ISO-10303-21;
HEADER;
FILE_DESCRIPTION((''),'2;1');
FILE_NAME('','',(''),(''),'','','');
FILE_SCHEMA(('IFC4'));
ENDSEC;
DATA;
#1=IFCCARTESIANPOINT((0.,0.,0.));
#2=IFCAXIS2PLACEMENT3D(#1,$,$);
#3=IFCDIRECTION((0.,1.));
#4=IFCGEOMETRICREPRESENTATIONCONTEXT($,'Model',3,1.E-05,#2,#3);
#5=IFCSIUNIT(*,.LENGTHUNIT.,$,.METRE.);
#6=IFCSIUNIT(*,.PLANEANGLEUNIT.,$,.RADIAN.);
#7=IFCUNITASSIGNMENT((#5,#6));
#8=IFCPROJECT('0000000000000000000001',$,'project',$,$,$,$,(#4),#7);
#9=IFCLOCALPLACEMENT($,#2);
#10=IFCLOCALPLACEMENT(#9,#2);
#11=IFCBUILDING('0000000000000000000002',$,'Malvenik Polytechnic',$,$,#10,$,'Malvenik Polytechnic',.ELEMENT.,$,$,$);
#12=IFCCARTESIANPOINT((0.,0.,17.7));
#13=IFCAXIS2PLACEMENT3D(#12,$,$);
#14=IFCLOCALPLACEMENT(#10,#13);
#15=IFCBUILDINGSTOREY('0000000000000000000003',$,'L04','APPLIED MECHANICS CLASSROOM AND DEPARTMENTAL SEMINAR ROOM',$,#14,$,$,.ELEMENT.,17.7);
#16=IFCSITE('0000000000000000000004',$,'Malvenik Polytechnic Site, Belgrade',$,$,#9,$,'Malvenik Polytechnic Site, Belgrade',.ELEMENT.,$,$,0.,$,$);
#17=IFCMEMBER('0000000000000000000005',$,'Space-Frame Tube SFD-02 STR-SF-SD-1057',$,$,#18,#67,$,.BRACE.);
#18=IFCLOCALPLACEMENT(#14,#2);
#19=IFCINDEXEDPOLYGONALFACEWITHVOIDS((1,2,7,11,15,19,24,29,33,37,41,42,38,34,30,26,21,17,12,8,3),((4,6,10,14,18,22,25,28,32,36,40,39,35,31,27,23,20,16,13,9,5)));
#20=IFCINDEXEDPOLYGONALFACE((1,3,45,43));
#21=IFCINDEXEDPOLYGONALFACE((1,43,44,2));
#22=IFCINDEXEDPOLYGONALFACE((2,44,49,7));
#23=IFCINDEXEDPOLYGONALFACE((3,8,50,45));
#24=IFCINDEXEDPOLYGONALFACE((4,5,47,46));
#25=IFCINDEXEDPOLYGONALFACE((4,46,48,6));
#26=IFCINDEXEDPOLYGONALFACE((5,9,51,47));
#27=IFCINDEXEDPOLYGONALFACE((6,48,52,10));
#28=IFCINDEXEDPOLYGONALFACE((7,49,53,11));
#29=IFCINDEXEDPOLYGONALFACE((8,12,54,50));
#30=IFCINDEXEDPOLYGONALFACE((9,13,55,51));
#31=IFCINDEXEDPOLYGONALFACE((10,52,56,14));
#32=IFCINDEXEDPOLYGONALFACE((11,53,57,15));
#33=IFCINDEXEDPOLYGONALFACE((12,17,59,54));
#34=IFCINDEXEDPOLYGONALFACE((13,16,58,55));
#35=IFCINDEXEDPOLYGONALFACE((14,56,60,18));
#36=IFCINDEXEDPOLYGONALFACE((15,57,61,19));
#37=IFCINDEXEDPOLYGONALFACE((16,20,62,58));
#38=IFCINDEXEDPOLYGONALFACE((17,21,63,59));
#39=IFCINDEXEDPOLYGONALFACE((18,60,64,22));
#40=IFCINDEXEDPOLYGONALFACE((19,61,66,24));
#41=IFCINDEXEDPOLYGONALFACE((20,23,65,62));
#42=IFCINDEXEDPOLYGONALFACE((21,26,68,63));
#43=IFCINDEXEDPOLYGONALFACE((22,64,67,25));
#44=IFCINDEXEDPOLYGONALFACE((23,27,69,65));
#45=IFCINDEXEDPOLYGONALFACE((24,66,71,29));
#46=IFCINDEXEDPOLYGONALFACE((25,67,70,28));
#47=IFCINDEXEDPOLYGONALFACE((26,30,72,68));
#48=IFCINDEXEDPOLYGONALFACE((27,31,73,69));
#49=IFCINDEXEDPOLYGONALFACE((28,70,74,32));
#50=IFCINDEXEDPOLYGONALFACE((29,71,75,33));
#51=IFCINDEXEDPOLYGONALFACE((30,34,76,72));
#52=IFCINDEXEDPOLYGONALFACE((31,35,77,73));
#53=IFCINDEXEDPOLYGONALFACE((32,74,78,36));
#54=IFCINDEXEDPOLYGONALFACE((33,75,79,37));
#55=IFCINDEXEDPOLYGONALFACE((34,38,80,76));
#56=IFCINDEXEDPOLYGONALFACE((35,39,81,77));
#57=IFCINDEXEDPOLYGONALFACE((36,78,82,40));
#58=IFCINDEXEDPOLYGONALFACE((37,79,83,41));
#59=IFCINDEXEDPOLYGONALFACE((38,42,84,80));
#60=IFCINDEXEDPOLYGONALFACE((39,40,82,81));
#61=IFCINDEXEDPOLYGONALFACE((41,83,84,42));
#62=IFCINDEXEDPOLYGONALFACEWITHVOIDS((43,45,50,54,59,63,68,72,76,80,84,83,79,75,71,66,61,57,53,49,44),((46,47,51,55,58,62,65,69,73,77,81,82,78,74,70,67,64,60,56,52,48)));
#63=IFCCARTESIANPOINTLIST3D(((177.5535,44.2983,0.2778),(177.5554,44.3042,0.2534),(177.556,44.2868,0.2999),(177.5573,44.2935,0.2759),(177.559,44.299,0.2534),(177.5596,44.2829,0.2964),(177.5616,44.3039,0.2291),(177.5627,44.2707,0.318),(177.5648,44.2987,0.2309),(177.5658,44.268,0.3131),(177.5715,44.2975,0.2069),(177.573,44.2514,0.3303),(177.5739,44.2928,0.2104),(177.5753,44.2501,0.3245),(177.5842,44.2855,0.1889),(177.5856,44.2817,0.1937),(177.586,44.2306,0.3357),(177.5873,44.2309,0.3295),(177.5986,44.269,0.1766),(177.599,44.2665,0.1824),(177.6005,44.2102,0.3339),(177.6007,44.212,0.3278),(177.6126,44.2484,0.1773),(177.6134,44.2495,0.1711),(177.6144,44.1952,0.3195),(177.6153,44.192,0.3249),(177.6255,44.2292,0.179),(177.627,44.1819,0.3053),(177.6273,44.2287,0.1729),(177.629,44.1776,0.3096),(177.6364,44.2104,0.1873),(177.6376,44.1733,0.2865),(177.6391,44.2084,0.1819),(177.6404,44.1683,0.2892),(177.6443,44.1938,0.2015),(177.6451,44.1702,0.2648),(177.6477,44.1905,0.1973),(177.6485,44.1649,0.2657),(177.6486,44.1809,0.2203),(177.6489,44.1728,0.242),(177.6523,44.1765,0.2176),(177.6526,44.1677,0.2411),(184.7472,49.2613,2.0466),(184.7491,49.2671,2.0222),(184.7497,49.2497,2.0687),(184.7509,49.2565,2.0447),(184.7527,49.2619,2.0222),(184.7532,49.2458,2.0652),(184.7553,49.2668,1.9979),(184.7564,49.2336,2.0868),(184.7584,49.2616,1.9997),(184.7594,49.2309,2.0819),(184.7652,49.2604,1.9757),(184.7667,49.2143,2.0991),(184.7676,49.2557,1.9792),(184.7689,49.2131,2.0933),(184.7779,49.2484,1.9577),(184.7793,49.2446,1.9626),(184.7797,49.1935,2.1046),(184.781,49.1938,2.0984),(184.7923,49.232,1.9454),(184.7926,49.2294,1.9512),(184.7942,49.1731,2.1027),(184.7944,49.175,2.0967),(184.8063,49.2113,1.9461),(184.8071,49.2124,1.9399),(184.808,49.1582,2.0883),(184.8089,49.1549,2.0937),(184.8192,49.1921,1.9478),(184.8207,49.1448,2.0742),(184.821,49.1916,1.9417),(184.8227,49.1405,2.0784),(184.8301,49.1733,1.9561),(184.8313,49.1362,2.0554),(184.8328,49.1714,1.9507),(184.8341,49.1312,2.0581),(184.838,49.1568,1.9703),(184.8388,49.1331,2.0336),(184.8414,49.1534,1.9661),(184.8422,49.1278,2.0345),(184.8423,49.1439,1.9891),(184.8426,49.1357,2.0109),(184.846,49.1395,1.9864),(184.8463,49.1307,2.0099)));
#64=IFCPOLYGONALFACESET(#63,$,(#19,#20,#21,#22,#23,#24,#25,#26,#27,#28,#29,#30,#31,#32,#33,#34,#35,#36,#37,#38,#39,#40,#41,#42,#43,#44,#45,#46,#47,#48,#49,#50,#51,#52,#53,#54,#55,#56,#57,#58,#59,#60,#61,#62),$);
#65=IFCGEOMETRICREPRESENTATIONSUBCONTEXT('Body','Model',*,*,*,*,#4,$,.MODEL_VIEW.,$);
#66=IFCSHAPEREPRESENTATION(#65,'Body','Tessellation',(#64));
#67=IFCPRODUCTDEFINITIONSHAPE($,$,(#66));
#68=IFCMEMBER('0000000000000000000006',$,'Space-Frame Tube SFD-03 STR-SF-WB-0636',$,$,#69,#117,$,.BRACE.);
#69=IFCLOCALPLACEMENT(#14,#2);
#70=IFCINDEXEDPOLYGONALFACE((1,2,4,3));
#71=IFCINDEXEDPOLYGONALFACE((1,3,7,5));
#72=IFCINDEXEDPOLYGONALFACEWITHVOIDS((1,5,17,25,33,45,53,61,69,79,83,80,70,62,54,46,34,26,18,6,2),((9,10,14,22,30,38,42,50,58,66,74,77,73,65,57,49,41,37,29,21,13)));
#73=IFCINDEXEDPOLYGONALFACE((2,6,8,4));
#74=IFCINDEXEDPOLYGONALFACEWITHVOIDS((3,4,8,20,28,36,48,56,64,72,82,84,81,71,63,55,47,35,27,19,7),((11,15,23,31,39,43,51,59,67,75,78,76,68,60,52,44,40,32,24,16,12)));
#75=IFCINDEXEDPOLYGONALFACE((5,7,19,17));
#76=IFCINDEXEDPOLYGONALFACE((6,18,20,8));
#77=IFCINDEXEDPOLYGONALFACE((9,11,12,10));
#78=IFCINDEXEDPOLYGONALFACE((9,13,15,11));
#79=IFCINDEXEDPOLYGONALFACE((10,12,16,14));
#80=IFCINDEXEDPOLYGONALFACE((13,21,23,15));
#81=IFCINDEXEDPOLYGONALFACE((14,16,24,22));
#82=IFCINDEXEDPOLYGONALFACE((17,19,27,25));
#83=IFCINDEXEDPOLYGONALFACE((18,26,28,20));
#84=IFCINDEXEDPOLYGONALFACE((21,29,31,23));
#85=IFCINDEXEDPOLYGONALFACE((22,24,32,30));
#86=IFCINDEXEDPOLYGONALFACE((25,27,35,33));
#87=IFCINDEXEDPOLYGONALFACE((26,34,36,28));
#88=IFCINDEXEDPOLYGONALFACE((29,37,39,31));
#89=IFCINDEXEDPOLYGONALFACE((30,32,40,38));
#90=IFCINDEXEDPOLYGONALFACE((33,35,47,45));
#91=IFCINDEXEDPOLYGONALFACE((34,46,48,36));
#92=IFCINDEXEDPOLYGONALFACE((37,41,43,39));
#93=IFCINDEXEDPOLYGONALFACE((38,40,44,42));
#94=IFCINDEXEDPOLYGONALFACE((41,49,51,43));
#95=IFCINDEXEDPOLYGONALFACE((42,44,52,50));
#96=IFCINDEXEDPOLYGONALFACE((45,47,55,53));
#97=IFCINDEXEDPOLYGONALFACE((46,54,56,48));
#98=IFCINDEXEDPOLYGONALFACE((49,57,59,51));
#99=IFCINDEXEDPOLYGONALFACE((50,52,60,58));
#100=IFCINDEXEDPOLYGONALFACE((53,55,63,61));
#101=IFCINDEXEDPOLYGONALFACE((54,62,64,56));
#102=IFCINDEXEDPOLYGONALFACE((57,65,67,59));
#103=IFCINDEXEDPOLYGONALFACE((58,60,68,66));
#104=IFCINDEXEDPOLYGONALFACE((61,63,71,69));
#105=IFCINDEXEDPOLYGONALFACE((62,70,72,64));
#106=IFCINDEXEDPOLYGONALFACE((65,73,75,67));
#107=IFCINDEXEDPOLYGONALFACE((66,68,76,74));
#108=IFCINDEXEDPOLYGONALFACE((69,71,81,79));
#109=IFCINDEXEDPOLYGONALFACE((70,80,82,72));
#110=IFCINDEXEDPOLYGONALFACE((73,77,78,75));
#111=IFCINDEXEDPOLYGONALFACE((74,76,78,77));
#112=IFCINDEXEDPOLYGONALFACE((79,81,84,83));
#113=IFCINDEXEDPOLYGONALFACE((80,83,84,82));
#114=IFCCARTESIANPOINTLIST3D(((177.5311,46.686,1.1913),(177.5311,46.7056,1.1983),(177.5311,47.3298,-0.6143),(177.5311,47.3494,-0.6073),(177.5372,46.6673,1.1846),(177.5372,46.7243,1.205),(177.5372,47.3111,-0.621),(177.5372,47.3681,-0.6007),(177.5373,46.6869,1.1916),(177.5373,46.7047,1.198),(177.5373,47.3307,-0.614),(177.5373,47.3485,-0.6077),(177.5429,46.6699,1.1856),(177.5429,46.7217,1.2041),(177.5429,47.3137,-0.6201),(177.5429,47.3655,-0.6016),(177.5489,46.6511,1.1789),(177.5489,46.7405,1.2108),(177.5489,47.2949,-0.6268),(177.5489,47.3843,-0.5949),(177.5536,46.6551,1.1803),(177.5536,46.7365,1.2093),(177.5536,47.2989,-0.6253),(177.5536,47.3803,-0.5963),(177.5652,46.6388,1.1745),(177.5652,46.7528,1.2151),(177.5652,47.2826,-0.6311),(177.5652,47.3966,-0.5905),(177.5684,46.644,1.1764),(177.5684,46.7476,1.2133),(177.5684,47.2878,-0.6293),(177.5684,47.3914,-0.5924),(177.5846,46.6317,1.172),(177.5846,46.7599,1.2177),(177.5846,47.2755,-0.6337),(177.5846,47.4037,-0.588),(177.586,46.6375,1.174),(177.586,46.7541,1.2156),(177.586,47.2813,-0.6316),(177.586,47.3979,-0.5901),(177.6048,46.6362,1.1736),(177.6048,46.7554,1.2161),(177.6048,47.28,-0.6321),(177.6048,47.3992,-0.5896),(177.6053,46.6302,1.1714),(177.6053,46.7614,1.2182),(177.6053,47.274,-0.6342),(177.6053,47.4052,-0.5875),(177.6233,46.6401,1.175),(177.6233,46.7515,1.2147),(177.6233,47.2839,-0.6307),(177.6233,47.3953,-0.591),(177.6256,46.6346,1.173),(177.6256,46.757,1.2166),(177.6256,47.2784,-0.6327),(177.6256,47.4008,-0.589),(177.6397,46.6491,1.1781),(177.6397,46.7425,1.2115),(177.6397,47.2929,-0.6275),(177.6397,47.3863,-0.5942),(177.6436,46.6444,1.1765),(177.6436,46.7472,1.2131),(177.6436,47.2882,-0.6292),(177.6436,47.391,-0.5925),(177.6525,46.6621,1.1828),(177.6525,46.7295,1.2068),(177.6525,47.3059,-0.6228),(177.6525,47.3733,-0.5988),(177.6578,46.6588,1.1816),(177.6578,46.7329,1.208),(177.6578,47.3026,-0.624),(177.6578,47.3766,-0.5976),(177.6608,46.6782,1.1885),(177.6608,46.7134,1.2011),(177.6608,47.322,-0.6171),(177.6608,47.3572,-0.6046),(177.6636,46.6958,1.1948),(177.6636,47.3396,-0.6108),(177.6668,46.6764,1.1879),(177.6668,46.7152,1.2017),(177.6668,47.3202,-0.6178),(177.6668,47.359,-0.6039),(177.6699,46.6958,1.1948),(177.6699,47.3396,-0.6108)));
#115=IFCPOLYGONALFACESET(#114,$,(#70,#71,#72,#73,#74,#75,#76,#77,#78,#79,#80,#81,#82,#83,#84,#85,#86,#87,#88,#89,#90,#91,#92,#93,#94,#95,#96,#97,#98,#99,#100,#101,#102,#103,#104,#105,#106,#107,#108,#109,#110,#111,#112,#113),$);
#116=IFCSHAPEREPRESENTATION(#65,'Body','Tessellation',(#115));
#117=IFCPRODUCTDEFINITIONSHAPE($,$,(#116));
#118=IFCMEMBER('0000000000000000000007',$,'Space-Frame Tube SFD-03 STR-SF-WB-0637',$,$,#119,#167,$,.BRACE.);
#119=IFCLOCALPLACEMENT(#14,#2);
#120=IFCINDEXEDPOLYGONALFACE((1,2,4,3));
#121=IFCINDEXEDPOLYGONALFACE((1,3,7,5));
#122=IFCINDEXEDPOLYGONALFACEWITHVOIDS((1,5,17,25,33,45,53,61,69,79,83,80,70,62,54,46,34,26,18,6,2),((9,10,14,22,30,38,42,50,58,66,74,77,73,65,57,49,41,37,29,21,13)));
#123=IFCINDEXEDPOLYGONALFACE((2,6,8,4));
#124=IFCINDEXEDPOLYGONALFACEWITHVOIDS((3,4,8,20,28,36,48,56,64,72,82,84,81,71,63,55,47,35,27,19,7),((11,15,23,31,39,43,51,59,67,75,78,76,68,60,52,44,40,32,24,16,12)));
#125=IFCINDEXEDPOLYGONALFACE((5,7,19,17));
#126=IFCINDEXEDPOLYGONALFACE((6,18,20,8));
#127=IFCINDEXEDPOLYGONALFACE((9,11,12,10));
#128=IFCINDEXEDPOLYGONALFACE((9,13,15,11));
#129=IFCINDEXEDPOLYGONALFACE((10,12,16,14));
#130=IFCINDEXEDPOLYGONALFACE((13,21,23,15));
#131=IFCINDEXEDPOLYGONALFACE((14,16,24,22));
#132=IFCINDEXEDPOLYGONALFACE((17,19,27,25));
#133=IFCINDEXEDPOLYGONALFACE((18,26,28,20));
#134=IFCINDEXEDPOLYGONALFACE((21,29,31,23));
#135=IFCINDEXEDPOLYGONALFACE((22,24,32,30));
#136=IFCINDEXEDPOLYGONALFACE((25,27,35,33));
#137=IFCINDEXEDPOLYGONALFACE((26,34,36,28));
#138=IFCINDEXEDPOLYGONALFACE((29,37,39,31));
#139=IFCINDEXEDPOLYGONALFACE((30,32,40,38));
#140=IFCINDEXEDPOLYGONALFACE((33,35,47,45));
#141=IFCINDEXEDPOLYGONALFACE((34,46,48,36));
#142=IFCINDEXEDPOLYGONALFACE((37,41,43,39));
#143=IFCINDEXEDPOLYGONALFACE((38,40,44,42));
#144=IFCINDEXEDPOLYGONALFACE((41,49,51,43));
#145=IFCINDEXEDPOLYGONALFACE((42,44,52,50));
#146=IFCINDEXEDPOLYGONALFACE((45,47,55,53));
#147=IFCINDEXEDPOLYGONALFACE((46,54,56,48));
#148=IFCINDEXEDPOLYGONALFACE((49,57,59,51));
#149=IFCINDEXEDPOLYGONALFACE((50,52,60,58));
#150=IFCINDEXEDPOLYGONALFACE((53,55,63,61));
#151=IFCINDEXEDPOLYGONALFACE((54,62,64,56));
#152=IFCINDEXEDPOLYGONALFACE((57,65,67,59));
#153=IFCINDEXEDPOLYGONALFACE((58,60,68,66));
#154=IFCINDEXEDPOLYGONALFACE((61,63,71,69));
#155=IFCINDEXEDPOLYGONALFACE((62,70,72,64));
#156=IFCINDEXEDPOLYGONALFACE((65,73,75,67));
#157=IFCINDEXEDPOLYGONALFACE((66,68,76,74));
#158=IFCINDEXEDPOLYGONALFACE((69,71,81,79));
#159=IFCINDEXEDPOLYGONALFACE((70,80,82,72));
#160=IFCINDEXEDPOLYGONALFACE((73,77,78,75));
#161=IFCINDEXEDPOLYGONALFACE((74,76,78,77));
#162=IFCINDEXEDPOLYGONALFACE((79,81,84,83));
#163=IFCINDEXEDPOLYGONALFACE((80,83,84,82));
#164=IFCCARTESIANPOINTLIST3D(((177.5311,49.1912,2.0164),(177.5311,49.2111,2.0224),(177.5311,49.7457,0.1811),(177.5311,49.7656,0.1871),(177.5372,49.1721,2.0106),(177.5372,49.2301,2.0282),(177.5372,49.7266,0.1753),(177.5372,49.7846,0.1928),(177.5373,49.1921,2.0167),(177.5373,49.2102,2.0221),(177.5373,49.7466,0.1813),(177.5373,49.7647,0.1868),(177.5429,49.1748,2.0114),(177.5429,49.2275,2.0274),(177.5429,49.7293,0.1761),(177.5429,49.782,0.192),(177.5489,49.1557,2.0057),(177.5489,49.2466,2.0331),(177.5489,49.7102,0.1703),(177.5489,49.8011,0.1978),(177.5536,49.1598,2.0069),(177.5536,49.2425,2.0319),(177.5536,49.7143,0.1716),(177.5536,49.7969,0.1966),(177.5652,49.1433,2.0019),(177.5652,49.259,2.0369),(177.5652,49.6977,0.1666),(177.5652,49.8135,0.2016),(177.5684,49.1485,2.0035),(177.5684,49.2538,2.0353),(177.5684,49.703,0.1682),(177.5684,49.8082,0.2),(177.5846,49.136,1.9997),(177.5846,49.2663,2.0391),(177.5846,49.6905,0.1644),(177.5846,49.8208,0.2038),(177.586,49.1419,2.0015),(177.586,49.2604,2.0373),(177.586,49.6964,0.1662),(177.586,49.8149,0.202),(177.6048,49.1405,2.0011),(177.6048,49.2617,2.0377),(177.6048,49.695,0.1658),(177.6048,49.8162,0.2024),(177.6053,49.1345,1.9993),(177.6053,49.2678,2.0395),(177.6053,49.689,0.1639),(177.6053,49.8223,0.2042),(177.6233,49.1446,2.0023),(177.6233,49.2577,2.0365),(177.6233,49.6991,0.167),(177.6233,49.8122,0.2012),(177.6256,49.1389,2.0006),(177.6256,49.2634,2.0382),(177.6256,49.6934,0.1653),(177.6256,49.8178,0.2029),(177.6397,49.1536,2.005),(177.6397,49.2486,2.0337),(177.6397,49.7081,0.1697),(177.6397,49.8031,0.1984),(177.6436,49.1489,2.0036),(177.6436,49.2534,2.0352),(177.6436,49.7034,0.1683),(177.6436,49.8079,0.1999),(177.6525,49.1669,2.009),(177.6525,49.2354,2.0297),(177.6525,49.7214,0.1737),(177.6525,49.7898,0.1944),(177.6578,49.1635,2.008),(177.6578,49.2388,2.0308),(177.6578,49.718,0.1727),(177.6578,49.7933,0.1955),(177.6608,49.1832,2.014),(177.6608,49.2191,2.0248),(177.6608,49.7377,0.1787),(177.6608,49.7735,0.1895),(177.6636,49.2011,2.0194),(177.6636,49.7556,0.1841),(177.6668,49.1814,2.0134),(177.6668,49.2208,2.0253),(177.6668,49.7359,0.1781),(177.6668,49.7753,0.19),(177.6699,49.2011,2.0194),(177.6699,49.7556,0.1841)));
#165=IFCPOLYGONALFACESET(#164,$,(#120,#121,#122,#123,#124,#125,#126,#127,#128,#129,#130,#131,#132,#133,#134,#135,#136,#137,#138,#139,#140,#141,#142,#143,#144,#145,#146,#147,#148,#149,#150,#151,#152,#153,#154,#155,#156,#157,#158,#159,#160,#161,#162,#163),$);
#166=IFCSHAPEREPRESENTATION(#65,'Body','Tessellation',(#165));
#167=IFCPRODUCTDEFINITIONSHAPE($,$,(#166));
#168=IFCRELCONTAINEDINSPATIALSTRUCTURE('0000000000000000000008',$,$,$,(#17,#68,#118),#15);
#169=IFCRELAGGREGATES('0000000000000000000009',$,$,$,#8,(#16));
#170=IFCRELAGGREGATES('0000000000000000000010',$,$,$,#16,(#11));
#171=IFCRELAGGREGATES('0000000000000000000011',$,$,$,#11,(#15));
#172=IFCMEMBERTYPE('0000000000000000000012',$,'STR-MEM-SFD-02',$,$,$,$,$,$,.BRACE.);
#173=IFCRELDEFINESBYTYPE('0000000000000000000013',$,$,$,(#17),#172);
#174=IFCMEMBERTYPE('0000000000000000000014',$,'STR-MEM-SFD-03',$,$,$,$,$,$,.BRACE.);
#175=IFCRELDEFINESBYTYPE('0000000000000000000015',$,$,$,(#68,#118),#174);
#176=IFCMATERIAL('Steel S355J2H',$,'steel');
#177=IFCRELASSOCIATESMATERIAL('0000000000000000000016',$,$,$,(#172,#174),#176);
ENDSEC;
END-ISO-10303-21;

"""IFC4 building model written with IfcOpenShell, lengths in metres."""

from ifc_helpers import new_model, si_unit, direction, frame, origin, origin_2d, place, context, subcontext, project, spatial, hollow_circle, extrude, material, material_profile, profile_set, type_object, element, save


model = new_model("IFC4")

# Units and contexts
model_context = context("Model", 3, precision=1e-05, world=origin(), true_north=direction((0.0, 1.0)))
body_context = subcontext(model_context, "Body", "Model", "MODEL_VIEW")
ifc_project = project(units=[si_unit("LENGTHUNIT", "METRE"), si_unit("PLANEANGLEUNIT", "RADIAN")], contexts=[model_context])

# Site, building, storey
site_placement = place(None, origin())
site = spatial("IfcSite", under=ifc_project, at=site_placement, Name="Malvenik Polytechnic Site, Belgrade", LongName="Malvenik Polytechnic Site, Belgrade", CompositionType="ELEMENT", RefElevation=0.0)
building_placement = place(site_placement, origin())
building = spatial("IfcBuilding", under=site, at=building_placement, Name="Malvenik Polytechnic", LongName="Malvenik Polytechnic", CompositionType="ELEMENT")
storey_placement = place(building_placement, frame((0.0, 0.0, 17.7)))
storey = spatial("IfcBuildingStorey", under=building, at=storey_placement, Name="L04", Description="APPLIED MECHANICS CLASSROOM AND DEPARTMENTAL SEMINAR ROOM", CompositionType="ELEMENT", Elevation=17.7)

# Members
ifc_material = material(Name="Steel S355J2H", Category="steel")
ifc_material_profile_1 = material_profile(ifc_material, hollow_circle(Radius=0.0842, WallThickness=0.0063, at=origin_2d()), Name="CHS 168.3x6.3")
ifc_profile_set_1 = profile_set([ifc_material_profile_1], Name="Steel S355J2H")
member_type_1 = type_object("IfcMemberType", Name="STR-MEM-SFD-02", PredefinedType="BRACE", material=ifc_profile_set_1)
member_1_placement = place(storey_placement, frame((177.6033, 44.2349, 0.2534), z_axis=(0.80676, 0.556586, 0.19837), x_axis=(-0.567871, 0.823117, 0.0)))
element("IfcMember", 1, at=member_1_placement, inside=storey, type_object=member_type_1, Name="Space-Frame Tube SFD-02 STR-SF-SD-1057", PredefinedType="BRACE", context=body_context, shape_type="SweptSolid", body=[
    extrude(hollow_circle(Radius=0.0842, WallThickness=0.0063, at=origin_2d()), origin(), (0.0, 0.0, 1.0), 8.9167),
])
ifc_material_profile_2 = material_profile(ifc_material, hollow_circle(Radius=0.0698, WallThickness=0.0063, at=origin_2d()), Name="CHS 139.7x6.3")
ifc_profile_set_2 = profile_set([ifc_material_profile_2], Name="Steel S355J2H")
member_type_2 = type_object("IfcMemberType", Name="STR-MEM-SFD-03", PredefinedType="BRACE", material=ifc_profile_set_2)
member_2_placement = place(storey_placement, frame((177.6001, 47.3396, -0.6108), z_axis=(0.0, -0.335836, 0.94192), x_axis=(1.0, 0.0, 0.0)))
element("IfcMember", 2, at=member_2_placement, inside=storey, type_object=member_type_2, Name="Space-Frame Tube SFD-03 STR-SF-WB-0636", PredefinedType="BRACE", context=body_context, shape_type="SweptSolid", body=[
    extrude(hollow_circle(Radius=0.0698, WallThickness=0.0063, at=origin_2d()), origin(), (0.0, 0.0, 1.0), 1.917),
])
member_3_placement = place(storey_placement, frame((177.6001, 49.7556, 0.1841), z_axis=(0.0, -0.289205, 0.957267), x_axis=(1.0, 0.0, 0.0)))
element("IfcMember", 3, at=member_3_placement, inside=storey, type_object=member_type_2, Name="Space-Frame Tube SFD-03 STR-SF-WB-0637", PredefinedType="BRACE", context=body_context, shape_type="SweptSolid", body=[
    extrude(hollow_circle(Radius=0.0698, WallThickness=0.0063, at=origin_2d()), origin(), (0.0, 0.0, 1.0), 1.9172),
])

save(model, "model.ifc")
